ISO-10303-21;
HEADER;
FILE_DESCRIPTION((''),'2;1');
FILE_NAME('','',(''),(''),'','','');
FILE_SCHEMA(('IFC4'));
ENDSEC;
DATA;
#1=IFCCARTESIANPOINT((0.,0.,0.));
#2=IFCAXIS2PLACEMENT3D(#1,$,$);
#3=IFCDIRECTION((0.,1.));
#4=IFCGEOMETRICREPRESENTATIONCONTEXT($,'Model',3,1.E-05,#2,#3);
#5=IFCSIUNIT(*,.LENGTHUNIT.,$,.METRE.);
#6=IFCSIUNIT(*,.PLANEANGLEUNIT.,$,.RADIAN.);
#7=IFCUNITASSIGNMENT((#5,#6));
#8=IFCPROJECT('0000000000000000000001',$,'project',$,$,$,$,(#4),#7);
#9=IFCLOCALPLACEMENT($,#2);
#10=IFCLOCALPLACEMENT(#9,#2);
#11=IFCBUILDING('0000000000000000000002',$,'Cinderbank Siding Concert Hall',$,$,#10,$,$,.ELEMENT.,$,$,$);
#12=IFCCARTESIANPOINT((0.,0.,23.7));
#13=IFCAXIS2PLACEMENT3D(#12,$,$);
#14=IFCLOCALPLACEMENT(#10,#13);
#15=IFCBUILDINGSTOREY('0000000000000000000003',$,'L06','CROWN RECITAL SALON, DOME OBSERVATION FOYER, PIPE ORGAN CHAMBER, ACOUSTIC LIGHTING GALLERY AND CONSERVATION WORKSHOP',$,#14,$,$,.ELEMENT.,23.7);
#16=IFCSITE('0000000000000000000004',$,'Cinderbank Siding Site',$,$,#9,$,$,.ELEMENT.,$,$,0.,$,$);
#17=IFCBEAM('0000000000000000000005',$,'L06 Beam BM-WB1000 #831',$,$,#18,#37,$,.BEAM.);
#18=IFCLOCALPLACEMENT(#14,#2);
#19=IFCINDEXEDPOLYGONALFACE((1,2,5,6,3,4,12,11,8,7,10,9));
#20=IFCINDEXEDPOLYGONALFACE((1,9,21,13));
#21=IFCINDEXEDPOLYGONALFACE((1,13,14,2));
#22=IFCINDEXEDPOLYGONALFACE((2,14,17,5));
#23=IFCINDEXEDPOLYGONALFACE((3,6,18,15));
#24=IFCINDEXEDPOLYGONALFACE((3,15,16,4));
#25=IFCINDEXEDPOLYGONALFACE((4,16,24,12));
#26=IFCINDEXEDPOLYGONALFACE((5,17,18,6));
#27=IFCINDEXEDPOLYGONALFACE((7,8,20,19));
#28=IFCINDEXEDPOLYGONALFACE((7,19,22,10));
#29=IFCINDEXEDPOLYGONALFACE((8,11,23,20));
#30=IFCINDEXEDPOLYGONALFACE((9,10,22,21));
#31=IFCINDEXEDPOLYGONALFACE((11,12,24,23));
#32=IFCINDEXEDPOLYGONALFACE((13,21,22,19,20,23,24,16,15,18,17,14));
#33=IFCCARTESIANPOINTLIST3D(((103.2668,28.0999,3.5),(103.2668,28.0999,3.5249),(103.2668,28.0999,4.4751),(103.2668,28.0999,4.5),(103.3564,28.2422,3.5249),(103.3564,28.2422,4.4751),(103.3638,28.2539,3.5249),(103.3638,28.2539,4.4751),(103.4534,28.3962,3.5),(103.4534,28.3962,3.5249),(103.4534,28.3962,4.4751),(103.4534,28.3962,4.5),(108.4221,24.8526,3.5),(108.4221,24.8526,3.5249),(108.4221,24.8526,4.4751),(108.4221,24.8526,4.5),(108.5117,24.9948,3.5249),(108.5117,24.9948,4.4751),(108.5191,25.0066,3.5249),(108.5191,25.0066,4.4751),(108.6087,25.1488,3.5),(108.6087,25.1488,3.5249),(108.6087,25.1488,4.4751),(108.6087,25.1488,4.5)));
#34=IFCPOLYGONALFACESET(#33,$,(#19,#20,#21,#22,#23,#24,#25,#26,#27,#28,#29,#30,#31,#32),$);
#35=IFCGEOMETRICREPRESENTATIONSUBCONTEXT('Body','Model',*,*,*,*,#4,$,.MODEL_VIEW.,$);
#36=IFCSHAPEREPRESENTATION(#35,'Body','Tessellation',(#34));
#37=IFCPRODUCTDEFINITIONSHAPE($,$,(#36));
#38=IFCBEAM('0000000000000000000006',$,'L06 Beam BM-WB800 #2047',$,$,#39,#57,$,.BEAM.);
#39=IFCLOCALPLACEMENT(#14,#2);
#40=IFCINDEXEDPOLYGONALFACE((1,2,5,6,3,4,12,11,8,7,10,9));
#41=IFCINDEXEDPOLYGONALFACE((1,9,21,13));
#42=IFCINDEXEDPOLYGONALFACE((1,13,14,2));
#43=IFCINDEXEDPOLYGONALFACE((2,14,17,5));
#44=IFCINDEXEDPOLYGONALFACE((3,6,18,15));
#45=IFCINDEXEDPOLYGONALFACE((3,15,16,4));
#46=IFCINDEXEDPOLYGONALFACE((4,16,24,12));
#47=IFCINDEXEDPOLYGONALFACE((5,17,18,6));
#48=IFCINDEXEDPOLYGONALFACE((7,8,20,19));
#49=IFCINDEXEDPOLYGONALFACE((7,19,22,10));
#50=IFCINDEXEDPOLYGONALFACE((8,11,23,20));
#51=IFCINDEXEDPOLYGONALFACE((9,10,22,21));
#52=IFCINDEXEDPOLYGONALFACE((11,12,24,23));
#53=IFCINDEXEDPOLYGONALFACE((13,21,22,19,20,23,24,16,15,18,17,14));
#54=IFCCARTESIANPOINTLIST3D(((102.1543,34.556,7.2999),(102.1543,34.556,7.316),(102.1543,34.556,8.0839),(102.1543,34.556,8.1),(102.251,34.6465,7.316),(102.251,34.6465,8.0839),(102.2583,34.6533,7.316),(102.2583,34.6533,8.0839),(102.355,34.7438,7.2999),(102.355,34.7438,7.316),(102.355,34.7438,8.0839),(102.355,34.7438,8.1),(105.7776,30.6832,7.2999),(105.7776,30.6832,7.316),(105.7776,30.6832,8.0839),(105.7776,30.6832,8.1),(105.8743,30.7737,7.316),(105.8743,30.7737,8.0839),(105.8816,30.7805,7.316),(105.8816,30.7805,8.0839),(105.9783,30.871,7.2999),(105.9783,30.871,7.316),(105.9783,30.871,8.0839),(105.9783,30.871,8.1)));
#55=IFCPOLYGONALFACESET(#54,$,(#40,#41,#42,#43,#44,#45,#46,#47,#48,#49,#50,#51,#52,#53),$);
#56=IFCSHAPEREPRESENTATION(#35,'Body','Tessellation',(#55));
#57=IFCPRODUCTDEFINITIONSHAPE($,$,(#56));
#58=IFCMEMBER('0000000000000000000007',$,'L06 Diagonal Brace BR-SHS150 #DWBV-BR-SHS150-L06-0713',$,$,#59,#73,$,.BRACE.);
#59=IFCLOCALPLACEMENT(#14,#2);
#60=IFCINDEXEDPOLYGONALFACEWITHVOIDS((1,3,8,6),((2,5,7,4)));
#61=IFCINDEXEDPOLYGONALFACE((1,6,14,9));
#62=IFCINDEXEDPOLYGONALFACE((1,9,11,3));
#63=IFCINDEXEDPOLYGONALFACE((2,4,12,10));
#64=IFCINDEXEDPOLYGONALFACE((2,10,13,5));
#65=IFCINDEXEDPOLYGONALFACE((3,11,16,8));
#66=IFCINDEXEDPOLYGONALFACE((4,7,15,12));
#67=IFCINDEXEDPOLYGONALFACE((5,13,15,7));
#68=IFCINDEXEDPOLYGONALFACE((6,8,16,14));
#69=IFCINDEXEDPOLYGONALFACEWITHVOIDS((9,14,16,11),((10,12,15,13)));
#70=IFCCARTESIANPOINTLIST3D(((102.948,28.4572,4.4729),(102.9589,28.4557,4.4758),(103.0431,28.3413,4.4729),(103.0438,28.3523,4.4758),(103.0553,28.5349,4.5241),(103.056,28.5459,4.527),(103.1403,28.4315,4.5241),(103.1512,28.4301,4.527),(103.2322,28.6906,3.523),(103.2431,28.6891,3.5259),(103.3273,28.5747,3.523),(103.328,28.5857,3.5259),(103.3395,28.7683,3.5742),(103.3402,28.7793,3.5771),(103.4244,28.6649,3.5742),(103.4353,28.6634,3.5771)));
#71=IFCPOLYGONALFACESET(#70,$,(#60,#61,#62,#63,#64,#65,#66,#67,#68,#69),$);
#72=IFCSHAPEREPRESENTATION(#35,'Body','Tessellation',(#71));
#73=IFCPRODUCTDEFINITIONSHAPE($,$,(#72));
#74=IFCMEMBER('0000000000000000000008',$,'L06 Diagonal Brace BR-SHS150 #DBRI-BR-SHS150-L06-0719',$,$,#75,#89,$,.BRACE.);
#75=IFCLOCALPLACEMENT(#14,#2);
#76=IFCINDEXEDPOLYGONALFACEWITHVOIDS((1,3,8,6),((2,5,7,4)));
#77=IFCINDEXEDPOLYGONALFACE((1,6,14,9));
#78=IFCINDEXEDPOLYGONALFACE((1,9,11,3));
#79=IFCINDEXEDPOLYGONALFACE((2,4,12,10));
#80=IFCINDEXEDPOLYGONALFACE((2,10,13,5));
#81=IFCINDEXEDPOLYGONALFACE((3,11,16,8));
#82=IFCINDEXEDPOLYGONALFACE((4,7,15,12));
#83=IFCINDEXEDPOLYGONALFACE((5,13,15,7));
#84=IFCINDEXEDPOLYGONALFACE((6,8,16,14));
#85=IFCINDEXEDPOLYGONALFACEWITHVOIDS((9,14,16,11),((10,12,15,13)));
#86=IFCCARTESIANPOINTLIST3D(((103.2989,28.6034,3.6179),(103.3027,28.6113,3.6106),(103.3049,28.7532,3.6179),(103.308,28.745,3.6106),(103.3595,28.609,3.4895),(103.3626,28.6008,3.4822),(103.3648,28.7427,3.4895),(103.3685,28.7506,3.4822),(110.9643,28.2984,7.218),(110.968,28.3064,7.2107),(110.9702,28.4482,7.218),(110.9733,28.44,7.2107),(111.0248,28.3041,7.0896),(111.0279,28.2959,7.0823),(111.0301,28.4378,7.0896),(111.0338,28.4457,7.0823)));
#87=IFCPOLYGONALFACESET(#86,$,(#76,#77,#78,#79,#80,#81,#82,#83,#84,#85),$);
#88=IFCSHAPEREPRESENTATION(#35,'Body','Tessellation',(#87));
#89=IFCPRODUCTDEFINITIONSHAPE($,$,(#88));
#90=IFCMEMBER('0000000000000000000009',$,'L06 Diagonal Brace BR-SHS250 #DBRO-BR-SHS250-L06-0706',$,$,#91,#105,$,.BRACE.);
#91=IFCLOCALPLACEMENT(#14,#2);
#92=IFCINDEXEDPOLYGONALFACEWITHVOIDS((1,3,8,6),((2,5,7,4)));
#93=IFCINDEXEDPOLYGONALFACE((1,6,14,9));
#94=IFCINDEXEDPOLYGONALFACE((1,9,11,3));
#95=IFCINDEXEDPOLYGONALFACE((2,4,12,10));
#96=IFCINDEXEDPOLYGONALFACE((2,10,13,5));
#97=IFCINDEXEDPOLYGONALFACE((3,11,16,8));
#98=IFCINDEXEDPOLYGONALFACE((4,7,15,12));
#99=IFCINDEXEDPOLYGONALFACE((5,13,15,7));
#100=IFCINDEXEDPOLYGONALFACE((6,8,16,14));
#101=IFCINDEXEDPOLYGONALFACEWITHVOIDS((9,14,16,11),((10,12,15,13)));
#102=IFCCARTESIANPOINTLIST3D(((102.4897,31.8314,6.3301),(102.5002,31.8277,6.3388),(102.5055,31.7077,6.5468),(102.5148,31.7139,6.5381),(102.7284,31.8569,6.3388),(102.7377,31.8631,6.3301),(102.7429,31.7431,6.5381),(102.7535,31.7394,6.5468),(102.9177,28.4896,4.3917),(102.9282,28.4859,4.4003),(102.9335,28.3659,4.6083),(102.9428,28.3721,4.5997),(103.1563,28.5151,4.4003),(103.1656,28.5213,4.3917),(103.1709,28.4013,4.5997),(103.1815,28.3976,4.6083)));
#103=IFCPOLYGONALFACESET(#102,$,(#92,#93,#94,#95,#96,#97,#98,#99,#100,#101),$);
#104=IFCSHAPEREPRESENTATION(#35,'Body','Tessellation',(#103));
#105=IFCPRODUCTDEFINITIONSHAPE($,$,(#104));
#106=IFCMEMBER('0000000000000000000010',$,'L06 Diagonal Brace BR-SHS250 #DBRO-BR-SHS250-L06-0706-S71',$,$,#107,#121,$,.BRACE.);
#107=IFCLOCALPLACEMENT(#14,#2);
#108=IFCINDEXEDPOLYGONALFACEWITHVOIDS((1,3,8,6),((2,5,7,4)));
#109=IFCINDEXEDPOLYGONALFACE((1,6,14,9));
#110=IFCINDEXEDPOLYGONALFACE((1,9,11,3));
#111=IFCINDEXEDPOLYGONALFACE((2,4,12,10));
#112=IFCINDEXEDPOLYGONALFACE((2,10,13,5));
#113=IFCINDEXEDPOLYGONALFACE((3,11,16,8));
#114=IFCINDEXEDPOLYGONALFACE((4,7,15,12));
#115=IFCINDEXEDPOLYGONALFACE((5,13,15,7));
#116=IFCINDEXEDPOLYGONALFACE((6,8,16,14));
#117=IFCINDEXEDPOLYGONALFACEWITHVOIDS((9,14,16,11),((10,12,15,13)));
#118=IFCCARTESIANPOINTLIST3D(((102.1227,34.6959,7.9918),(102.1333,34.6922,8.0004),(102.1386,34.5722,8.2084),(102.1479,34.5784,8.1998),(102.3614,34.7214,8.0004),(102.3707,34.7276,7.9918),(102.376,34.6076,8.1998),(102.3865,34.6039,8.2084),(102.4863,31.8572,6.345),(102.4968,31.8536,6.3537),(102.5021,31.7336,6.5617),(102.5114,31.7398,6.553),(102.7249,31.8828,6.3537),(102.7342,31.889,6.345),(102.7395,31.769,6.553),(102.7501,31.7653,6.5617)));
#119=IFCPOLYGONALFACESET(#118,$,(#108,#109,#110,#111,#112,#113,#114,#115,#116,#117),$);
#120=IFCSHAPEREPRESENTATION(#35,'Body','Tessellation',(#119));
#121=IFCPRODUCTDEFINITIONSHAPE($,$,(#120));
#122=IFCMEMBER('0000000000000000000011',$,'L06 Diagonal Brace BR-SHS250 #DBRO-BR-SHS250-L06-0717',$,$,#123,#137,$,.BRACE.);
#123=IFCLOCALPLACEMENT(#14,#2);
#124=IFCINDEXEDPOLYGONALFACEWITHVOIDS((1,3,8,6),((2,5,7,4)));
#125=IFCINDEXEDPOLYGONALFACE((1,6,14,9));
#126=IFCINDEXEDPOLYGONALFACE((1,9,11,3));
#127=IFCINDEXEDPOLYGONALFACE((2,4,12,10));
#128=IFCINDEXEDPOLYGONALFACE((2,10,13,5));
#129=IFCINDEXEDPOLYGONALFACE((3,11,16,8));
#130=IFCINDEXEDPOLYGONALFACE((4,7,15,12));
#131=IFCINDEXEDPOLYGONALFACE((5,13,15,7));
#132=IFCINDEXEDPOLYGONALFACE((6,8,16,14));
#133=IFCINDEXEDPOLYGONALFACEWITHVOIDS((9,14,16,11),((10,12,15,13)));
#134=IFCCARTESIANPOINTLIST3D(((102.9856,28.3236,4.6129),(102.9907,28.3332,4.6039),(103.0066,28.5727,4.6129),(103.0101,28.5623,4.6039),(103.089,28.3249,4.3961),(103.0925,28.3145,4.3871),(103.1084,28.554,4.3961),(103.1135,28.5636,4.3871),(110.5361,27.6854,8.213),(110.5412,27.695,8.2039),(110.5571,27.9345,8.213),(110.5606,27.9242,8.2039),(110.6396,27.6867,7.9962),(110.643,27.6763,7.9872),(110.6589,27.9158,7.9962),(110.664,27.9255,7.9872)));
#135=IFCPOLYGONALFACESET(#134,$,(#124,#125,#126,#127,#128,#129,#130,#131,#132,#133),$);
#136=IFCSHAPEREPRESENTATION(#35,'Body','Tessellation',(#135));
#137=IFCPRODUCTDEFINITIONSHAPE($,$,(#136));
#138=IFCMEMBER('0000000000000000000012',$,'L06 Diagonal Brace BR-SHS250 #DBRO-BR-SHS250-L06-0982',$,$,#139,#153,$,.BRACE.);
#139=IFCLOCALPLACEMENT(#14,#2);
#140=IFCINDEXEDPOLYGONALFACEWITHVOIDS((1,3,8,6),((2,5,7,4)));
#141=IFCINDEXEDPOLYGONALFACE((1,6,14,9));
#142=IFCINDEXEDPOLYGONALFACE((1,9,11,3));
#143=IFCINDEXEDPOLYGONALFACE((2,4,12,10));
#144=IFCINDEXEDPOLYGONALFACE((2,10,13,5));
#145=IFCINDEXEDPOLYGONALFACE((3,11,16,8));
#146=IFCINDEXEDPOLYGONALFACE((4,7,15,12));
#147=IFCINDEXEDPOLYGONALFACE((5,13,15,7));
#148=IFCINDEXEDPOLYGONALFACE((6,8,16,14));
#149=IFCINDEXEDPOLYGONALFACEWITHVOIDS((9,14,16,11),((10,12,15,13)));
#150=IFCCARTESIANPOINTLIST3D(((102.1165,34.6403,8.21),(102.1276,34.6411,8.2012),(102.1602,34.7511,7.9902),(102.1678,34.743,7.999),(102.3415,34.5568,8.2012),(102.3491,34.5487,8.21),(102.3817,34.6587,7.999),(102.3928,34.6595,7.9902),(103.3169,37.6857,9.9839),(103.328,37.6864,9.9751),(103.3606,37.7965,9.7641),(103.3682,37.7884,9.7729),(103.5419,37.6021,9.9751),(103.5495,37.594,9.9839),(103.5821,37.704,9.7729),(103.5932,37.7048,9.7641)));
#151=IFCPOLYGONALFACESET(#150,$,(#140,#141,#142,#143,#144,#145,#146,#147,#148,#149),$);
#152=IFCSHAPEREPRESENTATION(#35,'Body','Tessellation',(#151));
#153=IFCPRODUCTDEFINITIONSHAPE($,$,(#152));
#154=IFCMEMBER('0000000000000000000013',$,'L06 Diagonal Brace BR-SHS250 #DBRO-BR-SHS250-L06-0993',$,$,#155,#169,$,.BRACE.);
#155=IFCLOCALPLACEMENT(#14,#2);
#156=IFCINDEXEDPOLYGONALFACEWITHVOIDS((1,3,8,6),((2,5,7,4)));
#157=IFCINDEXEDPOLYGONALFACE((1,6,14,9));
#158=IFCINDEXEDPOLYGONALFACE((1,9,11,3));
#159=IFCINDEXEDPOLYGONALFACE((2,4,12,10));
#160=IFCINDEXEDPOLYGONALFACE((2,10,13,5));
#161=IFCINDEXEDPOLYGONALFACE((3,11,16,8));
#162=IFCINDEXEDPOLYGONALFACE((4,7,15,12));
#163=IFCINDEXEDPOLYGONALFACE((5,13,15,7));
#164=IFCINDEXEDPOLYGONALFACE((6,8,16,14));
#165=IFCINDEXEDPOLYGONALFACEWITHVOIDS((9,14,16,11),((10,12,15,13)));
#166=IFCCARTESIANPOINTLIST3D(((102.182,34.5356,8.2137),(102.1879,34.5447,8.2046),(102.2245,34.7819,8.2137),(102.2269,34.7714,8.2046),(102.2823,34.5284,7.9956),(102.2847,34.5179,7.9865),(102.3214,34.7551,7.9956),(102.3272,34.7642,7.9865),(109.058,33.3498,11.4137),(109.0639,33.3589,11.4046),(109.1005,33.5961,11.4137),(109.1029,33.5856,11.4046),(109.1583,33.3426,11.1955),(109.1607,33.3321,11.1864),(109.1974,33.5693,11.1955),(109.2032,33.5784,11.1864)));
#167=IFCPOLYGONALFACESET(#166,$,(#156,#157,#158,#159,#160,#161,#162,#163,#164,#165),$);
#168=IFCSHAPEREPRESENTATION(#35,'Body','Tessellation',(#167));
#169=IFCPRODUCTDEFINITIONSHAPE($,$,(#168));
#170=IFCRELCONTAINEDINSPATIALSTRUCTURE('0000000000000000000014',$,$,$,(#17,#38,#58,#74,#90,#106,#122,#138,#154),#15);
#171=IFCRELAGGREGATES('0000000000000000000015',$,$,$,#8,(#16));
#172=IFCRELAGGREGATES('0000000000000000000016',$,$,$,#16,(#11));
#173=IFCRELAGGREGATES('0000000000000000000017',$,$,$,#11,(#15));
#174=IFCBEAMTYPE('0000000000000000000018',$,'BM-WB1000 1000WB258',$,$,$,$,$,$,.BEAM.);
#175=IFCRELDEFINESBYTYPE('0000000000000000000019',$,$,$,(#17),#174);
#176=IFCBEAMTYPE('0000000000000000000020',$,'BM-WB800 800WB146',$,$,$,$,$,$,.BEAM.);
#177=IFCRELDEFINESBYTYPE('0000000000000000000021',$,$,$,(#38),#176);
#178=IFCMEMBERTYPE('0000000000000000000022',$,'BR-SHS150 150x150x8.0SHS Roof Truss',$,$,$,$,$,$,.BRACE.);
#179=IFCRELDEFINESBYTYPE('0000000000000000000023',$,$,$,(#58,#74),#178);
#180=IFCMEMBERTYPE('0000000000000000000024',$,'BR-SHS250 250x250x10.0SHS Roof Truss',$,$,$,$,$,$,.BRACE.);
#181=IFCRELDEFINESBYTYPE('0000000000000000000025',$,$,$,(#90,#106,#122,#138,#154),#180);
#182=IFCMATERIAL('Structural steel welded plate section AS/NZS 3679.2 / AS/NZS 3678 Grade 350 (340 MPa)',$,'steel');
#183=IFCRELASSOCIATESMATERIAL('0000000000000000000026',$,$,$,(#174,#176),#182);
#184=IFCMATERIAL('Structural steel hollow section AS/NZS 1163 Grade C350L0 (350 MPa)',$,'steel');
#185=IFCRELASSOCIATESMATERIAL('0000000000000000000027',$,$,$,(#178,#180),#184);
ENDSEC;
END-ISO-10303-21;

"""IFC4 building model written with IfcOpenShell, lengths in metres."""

from ifc_helpers import new_model, si_unit, direction, frame, origin, origin_2d, place, context, subcontext, project, spatial, hollow_rectangle, i_section, extrude, material, material_profile, profile_set, type_object, element, save


model = new_model("IFC4")

# Units and contexts
model_context = context("Model", 3, precision=1e-05, world=origin(), true_north=direction((0.0, 1.0)))
body_context = subcontext(model_context, "Body", "Model", "MODEL_VIEW")
ifc_project = project(units=[si_unit("LENGTHUNIT", "METRE"), si_unit("PLANEANGLEUNIT", "RADIAN")], contexts=[model_context])

# Site, building, storey
site_placement = place(None, origin())
site = spatial("IfcSite", under=ifc_project, at=site_placement, Name="Cinderbank Siding Site", CompositionType="ELEMENT", RefElevation=0.0)
building_placement = place(site_placement, origin())
building = spatial("IfcBuilding", under=site, at=building_placement, Name="Cinderbank Siding Concert Hall", CompositionType="ELEMENT")
storey_placement = place(building_placement, frame((0.0, 0.0, 23.7)))
storey = spatial("IfcBuildingStorey", under=building, at=storey_placement, Name="L06", Description="CROWN RECITAL SALON, DOME OBSERVATION FOYER, PIPE ORGAN CHAMBER, ACOUSTIC LIGHTING GALLERY AND CONSERVATION WORKSHOP", CompositionType="ELEMENT", Elevation=23.7)

# Beams
ifc_material_1 = material(Name="Structural steel welded plate section AS/NZS 3679.2 / AS/NZS 3678 Grade 350 (340 MPa)", Category="steel")
ifc_material_profile_1 = material_profile(ifc_material_1, i_section(OverallWidth=0.3501, OverallDepth=1.0, WebThickness=0.0139, FlangeThickness=0.0249, at=origin_2d()), Name="1000WB258", Category="LoadBearing")
ifc_profile_set_1 = profile_set([ifc_material_profile_1], Name="Structural steel welded plate section AS/NZS 3679.2 / AS/NZS 3678 Grade 350 (340 MPa)")
beam_type_1 = type_object("IfcBeamType", Name="BM-WB1000 1000WB258", PredefinedType="BEAM", material=ifc_profile_set_1)
beam_1_placement = place(storey_placement, frame((103.3601, 28.248, 4.0), z_axis=(0.846129, -0.532978, 0.0), x_axis=(0.532978, 0.846129, 0.0)))
element("IfcBeam", 1, at=beam_1_placement, inside=storey, type_object=beam_type_1, Name="L06 Beam BM-WB1000 #831", PredefinedType="BEAM", context=body_context, shape_type="SweptSolid", body=[
    extrude(i_section(OverallWidth=0.3501, OverallDepth=1.0, WebThickness=0.0139, FlangeThickness=0.0249, at=origin_2d()), origin(), (0.0, 0.0, 1.0), 6.0928),
])
ifc_material_profile_2 = material_profile(ifc_material_1, i_section(OverallWidth=0.2749, OverallDepth=0.8, WebThickness=0.01, FlangeThickness=0.0161, at=origin_2d()), Name="800WB146", Category="LoadBearing")
ifc_profile_set_2 = profile_set([ifc_material_profile_2], Name="Structural steel welded plate section AS/NZS 3679.2 / AS/NZS 3678 Grade 350 (340 MPa)")
beam_type_2 = type_object("IfcBeamType", Name="BM-WB800 800WB146", PredefinedType="BEAM", material=ifc_profile_set_2)
beam_2_placement = place(storey_placement, frame((102.2546, 34.6499, 7.7), z_axis=(0.683192, -0.730239, 0.0), x_axis=(0.730239, 0.683192, 0.0)))
element("IfcBeam", 2, at=beam_2_placement, inside=storey, type_object=beam_type_2, Name="L06 Beam BM-WB800 #2047", PredefinedType="BEAM", context=body_context, shape_type="SweptSolid", body=[
    extrude(i_section(OverallWidth=0.2749, OverallDepth=0.8, WebThickness=0.01, FlangeThickness=0.0161, at=origin_2d()), origin(), (0.0, 0.0, 1.0), 5.3035),
])

# Members
ifc_material_2 = material(Name="Structural steel hollow section AS/NZS 1163 Grade C350L0 (350 MPa)", Category="steel")
ifc_material_profile_3 = material_profile(ifc_material_2, hollow_rectangle(XDim=0.1499, YDim=0.1499, WallThickness=0.0081, at=origin_2d()), Name="150x150x8.0SHS", Category="LoadBearing")
ifc_profile_set_3 = profile_set([ifc_material_profile_3], Name="Structural steel hollow section AS/NZS 1163 Grade C350L0 (350 MPa)")
member_type_1 = type_object("IfcMemberType", Name="BR-SHS150 150x150x8.0SHS Roof Truss", PredefinedType="BRACE", material=ifc_profile_set_3)
member_1_placement = place(storey_placement, frame((103.3337, 28.677, 3.55), z_axis=(-0.278978, -0.229126, 0.932562), x_axis=(0.634683, -0.772773, 0.0)))
element("IfcMember", 3, at=member_1_placement, inside=storey, type_object=member_type_1, Name="L06 Diagonal Brace BR-SHS150 #DWBV-BR-SHS150-L06-0713", PredefinedType="BRACE", context=body_context, shape_type="SweptSolid", body=[
    extrude(hollow_rectangle(XDim=0.1499, YDim=0.1499, WallThickness=0.0081, at=origin_2d()), origin(), (0.0, 0.0, 1.0), 1.0186),
])
member_2_placement = place(storey_placement, frame((103.3337, 28.677, 3.55), z_axis=(0.904555, -0.035984, 0.424836), x_axis=(0.039749, 0.99921, 0.0)))
element("IfcMember", 4, at=member_2_placement, inside=storey, type_object=member_type_1, Name="L06 Diagonal Brace BR-SHS150 #DBRI-BR-SHS150-L06-0719", PredefinedType="BRACE", context=body_context, shape_type="SweptSolid", body=[
    extrude(hollow_rectangle(XDim=0.1499, YDim=0.1499, WallThickness=0.0081, at=origin_2d()), origin(), (0.0, 0.0, 1.0), 8.4741),
])
ifc_material_profile_4 = material_profile(ifc_material_2, hollow_rectangle(XDim=0.25, YDim=0.25, WallThickness=0.01, at=origin_2d()), Name="250x250x10.0SHS", Category="LoadBearing")
ifc_profile_set_4 = profile_set([ifc_material_profile_4], Name="Structural steel hollow section AS/NZS 1163 Grade C350L0 (350 MPa)")
member_type_2 = type_object("IfcMemberType", Name="BR-SHS250 250x250x10.0SHS Roof Truss", PredefinedType="BRACE", material=ifc_profile_set_4)
member_3_placement = place(storey_placement, frame((103.0496, 28.4436, 4.5), z_axis=(-0.110106, 0.859745, 0.498713), x_axis=(-0.991899, -0.127031, 0.0)))
element("IfcMember", 5, at=member_3_placement, inside=storey, type_object=member_type_2, Name="L06 Diagonal Brace BR-SHS250 #DBRO-BR-SHS250-L06-0706", PredefinedType="BRACE", context=body_context, shape_type="SweptSolid", body=[
    extrude(hollow_rectangle(XDim=0.25, YDim=0.25, WallThickness=0.01, at=origin_2d()), origin(), (0.0, 0.0, 1.0), 3.887),
])
member_4_placement = place(storey_placement, frame((102.6182, 31.8113, 6.4534), z_axis=(-0.1101, 0.859729, 0.498742), x_axis=(-0.991899, -0.127027, 0.0)))
element("IfcMember", 6, at=member_4_placement, inside=storey, type_object=member_type_2, Name="L06 Diagonal Brace BR-SHS250 #DBRO-BR-SHS250-L06-0706-S71", PredefinedType="BRACE", context=body_context, shape_type="SweptSolid", body=[
    extrude(hollow_rectangle(XDim=0.25, YDim=0.25, WallThickness=0.01, at=origin_2d()), origin(), (0.0, 0.0, 1.0), 3.3018),
])
member_5_placement = place(storey_placement, frame((103.0496, 28.4436, 4.5), z_axis=(0.900031, -0.076072, 0.429135), x_axis=(0.084221, 0.996447, 0.0)))
element("IfcMember", 7, at=member_5_placement, inside=storey, type_object=member_type_2, Name="L06 Diagonal Brace BR-SHS250 #DBRO-BR-SHS250-L06-0717", PredefinedType="BRACE", context=body_context, shape_type="SweptSolid", body=[
    extrude(hollow_rectangle(XDim=0.25, YDim=0.25, WallThickness=0.01, at=origin_2d()), origin(), (0.0, 0.0, 1.0), 8.3892),
])
member_6_placement = place(storey_placement, frame((102.2546, 34.6499, 8.1001), z_axis=(0.322419, 0.81795, 0.476449), x_axis=(-0.930332, 0.366718, 0.0)))
element("IfcMember", 8, at=member_6_placement, inside=storey, type_object=member_type_2, Name="L06 Diagonal Brace BR-SHS250 #DBRO-BR-SHS250-L06-0982", PredefinedType="BRACE", context=body_context, shape_type="SweptSolid", body=[
    extrude(hollow_rectangle(XDim=0.25, YDim=0.25, WallThickness=0.01, at=origin_2d()), origin(), (0.0, 0.0, 1.0), 3.7231),
])
member_7_placement = place(storey_placement, frame((102.2546, 34.6499, 8.1001), z_axis=(0.895747, -0.154475, 0.416864), x_axis=(0.169946, 0.985453, 0.0)))
element("IfcMember", 9, at=member_7_placement, inside=storey, type_object=member_type_2, Name="L06 Diagonal Brace BR-SHS250 #DBRO-BR-SHS250-L06-0993", PredefinedType="BRACE", context=body_context, shape_type="SweptSolid", body=[
    extrude(hollow_rectangle(XDim=0.25, YDim=0.25, WallThickness=0.01, at=origin_2d()), origin(), (0.0, 0.0, 1.0), 7.6763),
])

save(model, "model.ifc")
